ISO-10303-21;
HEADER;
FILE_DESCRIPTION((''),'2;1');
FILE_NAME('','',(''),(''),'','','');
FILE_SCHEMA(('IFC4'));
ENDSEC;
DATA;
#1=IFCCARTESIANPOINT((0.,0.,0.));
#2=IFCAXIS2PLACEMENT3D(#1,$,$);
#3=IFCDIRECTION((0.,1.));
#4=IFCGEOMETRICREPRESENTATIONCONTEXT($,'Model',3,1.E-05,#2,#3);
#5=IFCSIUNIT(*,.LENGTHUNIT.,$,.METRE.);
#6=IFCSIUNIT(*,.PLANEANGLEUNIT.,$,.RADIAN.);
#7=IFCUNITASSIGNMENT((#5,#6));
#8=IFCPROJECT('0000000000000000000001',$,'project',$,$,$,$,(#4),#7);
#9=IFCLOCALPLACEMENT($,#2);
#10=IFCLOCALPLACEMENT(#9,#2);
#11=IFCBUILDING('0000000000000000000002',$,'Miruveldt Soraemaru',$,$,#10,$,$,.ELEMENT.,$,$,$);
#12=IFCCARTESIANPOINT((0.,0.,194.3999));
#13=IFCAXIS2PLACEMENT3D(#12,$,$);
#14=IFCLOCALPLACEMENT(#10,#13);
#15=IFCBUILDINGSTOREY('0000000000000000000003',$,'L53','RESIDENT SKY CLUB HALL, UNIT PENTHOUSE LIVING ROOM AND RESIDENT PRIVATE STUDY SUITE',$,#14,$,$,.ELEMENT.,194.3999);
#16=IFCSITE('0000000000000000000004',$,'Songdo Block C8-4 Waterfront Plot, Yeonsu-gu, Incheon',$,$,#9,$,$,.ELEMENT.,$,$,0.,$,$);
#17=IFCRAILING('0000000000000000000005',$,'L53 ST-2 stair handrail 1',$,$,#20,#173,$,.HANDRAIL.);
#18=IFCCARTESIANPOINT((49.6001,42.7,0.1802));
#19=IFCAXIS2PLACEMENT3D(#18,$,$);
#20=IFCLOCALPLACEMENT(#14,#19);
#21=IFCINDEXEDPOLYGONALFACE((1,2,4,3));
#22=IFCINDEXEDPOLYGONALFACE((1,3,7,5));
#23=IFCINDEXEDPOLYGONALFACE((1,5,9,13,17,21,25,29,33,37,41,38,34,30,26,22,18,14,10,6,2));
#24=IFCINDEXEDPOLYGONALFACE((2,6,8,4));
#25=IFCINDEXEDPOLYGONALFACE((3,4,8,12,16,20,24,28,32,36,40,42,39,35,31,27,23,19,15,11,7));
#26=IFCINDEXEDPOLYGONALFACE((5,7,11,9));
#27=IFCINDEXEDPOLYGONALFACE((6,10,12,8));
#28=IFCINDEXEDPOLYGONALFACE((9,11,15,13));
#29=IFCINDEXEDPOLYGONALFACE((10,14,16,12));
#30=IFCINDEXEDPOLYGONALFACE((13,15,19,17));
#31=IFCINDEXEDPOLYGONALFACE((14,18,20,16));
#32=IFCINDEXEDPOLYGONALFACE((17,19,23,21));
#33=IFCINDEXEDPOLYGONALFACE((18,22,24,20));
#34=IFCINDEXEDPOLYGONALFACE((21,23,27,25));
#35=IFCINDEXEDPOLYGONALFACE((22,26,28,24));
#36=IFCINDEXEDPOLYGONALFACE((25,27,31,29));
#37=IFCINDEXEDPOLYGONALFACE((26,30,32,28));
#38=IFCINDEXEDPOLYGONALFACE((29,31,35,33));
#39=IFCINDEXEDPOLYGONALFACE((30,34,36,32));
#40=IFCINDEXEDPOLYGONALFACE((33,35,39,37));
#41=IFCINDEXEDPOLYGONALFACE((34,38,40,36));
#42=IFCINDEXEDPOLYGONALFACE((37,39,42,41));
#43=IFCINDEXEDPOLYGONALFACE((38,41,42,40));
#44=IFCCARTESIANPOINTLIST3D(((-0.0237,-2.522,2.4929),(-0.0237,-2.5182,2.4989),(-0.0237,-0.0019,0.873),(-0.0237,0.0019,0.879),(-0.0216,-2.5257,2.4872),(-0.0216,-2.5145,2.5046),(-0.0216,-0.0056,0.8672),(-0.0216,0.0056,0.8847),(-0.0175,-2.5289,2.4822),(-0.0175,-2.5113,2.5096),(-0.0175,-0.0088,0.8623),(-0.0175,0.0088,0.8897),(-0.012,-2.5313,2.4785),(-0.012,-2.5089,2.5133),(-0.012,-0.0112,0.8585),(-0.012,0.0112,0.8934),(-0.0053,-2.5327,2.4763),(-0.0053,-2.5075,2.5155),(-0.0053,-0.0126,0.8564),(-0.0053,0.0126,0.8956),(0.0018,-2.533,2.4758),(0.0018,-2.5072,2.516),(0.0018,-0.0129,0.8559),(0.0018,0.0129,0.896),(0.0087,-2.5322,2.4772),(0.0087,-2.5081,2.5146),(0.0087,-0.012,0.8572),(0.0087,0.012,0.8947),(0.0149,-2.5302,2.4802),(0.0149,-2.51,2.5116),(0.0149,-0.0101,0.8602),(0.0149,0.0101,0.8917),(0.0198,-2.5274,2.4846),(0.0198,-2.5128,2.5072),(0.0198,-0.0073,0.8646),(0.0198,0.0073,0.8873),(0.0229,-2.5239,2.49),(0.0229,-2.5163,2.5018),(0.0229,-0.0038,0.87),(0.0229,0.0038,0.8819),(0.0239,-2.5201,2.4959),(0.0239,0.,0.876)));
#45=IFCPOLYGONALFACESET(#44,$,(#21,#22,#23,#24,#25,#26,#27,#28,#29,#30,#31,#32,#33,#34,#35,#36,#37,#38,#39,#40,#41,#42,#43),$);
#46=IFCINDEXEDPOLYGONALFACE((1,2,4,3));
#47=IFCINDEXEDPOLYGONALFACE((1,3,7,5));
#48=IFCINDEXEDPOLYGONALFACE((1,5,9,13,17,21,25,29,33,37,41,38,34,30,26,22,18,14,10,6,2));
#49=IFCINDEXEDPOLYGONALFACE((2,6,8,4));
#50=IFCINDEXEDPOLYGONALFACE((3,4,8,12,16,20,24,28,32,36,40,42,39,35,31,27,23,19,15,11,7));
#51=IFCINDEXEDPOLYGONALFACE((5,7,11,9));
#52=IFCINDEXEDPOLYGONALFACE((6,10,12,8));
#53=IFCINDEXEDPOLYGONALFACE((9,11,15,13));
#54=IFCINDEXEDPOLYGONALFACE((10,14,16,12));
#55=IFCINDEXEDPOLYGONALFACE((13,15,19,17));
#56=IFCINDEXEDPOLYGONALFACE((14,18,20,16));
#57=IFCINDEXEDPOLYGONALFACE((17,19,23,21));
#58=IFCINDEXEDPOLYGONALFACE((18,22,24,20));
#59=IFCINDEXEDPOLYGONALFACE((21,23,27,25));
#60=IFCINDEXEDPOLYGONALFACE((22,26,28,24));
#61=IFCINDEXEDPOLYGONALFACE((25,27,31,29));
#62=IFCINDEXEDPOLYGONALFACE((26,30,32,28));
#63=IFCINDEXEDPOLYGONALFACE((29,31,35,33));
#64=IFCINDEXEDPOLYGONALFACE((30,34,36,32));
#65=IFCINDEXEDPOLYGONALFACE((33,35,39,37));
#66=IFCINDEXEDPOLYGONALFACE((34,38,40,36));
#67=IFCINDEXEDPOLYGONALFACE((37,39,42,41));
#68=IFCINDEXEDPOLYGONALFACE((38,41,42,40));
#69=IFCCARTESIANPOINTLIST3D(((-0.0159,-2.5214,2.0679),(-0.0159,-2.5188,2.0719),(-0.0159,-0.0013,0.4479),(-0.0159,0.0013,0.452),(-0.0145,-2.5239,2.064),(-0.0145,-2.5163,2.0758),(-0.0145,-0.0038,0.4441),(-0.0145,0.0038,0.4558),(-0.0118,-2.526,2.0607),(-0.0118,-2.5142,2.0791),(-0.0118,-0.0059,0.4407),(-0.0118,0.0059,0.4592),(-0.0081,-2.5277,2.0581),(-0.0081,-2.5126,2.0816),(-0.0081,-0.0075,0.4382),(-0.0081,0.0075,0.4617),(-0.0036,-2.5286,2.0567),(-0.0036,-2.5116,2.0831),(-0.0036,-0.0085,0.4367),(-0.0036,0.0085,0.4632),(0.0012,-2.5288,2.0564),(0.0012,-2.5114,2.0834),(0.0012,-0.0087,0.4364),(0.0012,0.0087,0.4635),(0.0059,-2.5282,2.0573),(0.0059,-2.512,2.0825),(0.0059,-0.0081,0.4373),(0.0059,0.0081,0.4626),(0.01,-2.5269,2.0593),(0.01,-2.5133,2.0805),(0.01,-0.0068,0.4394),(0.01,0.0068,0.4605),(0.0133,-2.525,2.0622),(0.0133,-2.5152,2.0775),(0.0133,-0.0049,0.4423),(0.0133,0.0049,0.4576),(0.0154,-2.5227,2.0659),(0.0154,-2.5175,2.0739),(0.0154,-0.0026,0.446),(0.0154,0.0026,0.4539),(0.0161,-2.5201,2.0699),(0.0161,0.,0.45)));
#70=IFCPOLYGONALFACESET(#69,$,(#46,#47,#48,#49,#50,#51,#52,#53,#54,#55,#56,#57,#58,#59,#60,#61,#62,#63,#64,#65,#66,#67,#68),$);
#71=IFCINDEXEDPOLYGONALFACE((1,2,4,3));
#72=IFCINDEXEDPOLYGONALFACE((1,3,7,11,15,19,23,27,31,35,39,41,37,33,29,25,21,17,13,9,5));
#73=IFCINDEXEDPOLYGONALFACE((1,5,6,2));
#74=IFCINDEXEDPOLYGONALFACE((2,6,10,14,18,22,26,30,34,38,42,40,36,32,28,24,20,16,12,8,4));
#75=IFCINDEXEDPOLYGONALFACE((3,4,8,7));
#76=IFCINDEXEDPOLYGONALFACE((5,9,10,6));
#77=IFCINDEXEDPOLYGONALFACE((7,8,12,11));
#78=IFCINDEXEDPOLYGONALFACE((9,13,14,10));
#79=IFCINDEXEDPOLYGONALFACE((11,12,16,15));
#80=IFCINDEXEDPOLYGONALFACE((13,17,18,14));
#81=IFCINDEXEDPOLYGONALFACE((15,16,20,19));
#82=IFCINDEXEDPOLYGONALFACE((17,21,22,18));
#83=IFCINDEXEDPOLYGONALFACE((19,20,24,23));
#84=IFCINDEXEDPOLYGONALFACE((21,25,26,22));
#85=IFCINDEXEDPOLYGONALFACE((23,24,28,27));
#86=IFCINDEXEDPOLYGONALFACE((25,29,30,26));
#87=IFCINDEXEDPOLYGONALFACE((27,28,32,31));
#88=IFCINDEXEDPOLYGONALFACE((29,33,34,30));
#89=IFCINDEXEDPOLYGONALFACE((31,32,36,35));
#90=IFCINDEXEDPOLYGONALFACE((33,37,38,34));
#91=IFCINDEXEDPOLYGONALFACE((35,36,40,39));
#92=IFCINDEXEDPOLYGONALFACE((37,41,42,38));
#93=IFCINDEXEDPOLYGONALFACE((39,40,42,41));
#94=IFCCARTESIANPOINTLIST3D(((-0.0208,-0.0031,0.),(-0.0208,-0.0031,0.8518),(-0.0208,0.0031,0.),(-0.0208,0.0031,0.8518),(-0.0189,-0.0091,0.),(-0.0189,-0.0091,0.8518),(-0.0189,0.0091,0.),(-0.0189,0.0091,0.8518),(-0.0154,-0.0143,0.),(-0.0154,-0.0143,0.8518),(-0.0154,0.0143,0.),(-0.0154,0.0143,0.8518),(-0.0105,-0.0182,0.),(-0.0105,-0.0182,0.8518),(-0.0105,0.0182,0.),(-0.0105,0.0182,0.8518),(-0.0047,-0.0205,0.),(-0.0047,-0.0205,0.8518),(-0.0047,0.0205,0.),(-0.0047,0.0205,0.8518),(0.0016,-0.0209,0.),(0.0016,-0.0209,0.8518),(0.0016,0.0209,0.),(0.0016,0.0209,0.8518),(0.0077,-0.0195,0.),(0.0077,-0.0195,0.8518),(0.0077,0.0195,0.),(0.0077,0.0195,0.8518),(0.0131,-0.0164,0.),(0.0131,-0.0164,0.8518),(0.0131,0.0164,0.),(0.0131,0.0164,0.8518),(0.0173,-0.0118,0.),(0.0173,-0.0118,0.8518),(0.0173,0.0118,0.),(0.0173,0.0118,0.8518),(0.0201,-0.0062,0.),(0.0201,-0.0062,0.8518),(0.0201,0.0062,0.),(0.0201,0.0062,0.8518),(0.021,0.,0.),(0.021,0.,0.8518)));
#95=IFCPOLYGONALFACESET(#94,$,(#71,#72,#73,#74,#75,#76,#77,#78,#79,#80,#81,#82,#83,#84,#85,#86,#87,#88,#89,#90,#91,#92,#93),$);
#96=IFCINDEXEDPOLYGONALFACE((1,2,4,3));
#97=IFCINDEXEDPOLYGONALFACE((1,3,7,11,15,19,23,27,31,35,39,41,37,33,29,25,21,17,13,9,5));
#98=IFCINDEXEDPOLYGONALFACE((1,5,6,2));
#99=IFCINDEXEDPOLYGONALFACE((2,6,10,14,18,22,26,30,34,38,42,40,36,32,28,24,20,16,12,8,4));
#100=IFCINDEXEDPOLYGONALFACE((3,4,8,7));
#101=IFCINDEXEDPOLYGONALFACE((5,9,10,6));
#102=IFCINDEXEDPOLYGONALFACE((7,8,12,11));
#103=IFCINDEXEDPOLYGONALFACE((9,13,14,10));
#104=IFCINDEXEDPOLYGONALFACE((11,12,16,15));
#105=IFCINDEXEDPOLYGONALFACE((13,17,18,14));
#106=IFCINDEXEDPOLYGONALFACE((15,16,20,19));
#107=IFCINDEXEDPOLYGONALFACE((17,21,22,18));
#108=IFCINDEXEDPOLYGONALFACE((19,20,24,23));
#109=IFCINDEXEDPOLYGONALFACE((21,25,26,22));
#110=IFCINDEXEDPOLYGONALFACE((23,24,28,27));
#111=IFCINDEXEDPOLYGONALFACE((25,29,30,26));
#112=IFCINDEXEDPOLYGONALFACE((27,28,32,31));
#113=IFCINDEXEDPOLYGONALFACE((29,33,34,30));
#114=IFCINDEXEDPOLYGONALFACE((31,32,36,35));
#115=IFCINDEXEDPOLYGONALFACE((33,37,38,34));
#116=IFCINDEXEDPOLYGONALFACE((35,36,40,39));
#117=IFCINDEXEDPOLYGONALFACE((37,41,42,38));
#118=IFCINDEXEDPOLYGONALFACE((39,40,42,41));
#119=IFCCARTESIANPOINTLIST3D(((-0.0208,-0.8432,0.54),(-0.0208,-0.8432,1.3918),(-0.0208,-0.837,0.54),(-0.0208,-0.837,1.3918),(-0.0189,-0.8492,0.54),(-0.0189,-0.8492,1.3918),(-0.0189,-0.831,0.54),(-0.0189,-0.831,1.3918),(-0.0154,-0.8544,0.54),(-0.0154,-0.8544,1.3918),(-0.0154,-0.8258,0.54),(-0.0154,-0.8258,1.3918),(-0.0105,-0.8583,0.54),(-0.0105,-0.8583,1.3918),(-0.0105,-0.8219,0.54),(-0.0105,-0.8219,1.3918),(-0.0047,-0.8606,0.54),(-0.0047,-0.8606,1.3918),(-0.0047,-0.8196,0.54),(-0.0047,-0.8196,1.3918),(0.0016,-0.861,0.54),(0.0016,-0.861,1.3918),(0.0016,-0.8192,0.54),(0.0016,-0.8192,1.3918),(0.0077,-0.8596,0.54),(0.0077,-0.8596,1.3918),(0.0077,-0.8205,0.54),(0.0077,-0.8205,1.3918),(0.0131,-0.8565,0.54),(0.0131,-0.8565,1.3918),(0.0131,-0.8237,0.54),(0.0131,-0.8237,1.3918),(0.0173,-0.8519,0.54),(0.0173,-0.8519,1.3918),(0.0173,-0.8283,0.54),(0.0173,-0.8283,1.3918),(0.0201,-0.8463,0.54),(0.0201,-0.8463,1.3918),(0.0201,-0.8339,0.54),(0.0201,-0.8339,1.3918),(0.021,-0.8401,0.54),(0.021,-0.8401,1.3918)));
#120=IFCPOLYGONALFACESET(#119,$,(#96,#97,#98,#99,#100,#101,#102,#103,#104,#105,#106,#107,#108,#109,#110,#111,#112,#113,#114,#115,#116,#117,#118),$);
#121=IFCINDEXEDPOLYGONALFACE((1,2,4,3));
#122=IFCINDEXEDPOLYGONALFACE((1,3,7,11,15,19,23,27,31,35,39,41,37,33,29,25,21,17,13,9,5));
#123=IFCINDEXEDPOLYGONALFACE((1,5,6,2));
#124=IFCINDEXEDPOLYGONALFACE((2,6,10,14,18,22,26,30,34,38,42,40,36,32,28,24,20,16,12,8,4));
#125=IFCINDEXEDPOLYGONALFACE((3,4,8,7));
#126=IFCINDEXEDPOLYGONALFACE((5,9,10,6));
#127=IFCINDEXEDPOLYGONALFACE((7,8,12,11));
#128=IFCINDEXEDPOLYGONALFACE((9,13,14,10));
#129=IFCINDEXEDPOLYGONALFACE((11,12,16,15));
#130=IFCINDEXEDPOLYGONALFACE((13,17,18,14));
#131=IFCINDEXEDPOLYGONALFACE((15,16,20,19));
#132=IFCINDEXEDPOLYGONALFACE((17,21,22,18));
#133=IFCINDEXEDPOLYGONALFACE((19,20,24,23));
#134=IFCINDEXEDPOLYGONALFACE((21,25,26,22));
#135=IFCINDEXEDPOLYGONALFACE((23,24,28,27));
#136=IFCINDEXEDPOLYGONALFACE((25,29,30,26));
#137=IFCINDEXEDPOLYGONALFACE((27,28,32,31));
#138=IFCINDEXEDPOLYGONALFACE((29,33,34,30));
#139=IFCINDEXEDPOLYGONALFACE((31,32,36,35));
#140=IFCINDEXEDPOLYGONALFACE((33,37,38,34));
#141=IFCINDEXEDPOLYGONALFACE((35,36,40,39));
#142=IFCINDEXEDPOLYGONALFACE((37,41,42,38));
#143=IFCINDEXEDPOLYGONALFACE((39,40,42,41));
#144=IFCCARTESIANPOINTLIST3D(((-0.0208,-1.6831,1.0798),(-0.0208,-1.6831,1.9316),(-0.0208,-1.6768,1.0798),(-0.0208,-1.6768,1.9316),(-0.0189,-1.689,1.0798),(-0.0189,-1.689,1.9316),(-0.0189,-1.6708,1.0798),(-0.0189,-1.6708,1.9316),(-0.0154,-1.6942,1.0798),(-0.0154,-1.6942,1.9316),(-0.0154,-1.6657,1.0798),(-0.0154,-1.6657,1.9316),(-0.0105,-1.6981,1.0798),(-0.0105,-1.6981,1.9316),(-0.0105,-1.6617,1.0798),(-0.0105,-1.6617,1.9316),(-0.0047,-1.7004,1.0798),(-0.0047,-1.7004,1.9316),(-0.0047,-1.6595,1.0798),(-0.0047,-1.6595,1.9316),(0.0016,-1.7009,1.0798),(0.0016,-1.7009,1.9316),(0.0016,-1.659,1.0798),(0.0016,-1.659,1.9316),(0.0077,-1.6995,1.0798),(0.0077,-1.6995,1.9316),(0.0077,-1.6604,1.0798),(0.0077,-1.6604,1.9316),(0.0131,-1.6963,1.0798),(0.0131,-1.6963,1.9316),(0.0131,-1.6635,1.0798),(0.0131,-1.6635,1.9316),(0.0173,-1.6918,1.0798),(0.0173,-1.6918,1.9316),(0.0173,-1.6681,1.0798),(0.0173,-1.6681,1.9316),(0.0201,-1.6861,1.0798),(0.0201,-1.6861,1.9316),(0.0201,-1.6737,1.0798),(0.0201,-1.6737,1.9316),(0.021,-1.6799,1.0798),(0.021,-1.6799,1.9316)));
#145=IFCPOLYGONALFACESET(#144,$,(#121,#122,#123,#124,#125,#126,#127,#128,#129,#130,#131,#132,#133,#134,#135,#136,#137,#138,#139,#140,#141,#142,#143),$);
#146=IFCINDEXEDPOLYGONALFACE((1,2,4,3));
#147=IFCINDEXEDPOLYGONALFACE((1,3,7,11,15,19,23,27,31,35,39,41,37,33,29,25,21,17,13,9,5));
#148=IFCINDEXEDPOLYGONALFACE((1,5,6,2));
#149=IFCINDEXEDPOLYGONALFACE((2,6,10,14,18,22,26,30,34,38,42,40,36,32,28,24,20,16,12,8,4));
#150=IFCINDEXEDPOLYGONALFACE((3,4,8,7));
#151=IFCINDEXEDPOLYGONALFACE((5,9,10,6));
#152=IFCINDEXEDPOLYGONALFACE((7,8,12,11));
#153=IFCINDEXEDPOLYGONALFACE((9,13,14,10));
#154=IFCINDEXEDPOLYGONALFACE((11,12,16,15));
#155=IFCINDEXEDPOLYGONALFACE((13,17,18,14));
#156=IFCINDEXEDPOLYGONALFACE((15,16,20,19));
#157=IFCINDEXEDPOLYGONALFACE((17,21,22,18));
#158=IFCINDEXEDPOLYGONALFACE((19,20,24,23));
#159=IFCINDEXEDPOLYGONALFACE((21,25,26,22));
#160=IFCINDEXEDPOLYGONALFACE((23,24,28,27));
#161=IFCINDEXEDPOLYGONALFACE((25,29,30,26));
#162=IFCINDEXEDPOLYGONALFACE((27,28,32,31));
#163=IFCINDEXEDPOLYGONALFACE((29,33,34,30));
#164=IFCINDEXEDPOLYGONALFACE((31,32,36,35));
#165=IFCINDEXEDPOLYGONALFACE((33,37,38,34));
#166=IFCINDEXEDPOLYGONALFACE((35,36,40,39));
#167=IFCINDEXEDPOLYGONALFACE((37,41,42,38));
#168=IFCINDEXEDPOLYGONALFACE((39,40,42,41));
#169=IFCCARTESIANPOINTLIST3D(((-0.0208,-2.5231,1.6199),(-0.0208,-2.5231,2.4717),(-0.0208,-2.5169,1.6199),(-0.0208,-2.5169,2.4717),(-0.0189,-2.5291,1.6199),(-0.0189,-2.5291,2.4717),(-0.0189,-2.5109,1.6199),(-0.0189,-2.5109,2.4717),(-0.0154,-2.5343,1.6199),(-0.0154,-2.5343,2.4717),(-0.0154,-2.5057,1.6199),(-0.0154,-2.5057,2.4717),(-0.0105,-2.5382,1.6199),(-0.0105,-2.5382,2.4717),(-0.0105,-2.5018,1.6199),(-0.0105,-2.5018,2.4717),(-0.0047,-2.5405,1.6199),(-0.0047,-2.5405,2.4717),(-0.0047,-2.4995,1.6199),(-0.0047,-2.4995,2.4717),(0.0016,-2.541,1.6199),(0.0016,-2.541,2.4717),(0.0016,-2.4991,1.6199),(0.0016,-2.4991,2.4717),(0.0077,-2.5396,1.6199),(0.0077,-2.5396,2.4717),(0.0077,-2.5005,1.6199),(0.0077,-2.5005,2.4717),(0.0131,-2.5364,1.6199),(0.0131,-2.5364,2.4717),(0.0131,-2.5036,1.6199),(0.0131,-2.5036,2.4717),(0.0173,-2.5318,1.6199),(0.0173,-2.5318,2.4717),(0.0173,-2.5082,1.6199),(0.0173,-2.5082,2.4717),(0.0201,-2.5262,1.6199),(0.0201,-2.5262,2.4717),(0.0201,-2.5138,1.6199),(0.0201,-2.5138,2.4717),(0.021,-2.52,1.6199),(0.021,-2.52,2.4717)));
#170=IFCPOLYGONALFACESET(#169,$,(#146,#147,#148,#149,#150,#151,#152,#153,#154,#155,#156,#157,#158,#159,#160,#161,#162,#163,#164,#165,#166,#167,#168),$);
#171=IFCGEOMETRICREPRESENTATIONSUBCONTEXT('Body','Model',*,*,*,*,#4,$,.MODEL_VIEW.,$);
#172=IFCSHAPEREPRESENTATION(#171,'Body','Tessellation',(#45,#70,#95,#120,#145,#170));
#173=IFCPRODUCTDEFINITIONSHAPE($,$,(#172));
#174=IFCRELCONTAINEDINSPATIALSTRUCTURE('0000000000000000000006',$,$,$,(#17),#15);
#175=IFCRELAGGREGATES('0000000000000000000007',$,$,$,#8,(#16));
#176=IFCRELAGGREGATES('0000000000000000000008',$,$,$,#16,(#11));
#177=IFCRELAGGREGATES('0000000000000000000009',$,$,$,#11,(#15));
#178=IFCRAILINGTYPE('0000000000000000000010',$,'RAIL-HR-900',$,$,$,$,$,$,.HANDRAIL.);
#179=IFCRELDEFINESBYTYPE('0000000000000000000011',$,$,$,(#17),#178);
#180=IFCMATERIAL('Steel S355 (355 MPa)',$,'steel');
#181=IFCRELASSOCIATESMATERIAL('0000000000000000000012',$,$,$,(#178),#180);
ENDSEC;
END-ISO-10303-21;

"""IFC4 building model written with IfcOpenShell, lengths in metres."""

from ifc_helpers import new_model, si_unit, direction, frame, origin, origin_2d, place, context, subcontext, project, spatial, circle, extrude, material, type_object, element, save


model = new_model("IFC4")

# Units and contexts
model_context = context("Model", 3, precision=1e-05, world=origin(), true_north=direction((0.0, 1.0)))
body_context = subcontext(model_context, "Body", "Model", "MODEL_VIEW")
ifc_project = project(units=[si_unit("LENGTHUNIT", "METRE"), si_unit("PLANEANGLEUNIT", "RADIAN")], contexts=[model_context])

# Site, building, storey
site_placement = place(None, origin())
site = spatial("IfcSite", under=ifc_project, at=site_placement, Name="Songdo Block C8-4 Waterfront Plot, Yeonsu-gu, Incheon", CompositionType="ELEMENT", RefElevation=0.0)
building_placement = place(site_placement, origin())
building = spatial("IfcBuilding", under=site, at=building_placement, Name="Miruveldt Soraemaru", CompositionType="ELEMENT")
storey_placement = place(building_placement, frame((0.0, 0.0, 194.3999)))
storey = spatial("IfcBuildingStorey", under=building, at=storey_placement, Name="L53", Description="RESIDENT SKY CLUB HALL, UNIT PENTHOUSE LIVING ROOM AND RESIDENT PRIVATE STUDY SUITE", CompositionType="ELEMENT", Elevation=194.3999)

# Railing
ifc_material_1 = material(Name="Steel S355 (355 MPa)", Category="steel")
railing_type_1 = type_object("IfcRailingType", Name="RAIL-HR-900", PredefinedType="HANDRAIL", material=ifc_material_1)
railing_1_placement = place(storey_placement, frame((49.6001, 42.7, 0.1802)))
element("IfcRailing", 1, at=railing_1_placement, inside=storey, type_object=railing_type_1, Name="L53 ST-2 stair handrail 1", PredefinedType="HANDRAIL", context=body_context, shape_type="SweptSolid", body=[
    extrude(circle(Radius=0.0239, at=origin_2d()), frame((0.0, 0.0, 0.876), z_axis=(0.0, -0.8412, 0.540725), x_axis=(1.0, 0.0, 0.0)), (0.0, 0.0, 1.0), 2.9958),
    extrude(circle(Radius=0.0161, at=origin_2d()), frame((0.0, 0.0, 0.45), z_axis=(0.0, -0.8412, 0.540725), x_axis=(1.0, 0.0, 0.0)), (0.0, 0.0, 1.0), 2.9958),
    extrude(circle(Radius=0.021, at=origin_2d()), origin(), (0.0, 0.0, 1.0), 0.8518),
    extrude(circle(Radius=0.021, at=origin_2d()), frame((0.0, -0.8401, 0.54)), (0.0, 0.0, 1.0), 0.8518),
    extrude(circle(Radius=0.021, at=origin_2d()), frame((0.0, -1.6799, 1.0798)), (0.0, 0.0, 1.0), 0.8518),
    extrude(circle(Radius=0.021, at=origin_2d()), frame((0.0, -2.52, 1.6199)), (0.0, 0.0, 1.0), 0.8518),
])

save(model, "model.ifc")
